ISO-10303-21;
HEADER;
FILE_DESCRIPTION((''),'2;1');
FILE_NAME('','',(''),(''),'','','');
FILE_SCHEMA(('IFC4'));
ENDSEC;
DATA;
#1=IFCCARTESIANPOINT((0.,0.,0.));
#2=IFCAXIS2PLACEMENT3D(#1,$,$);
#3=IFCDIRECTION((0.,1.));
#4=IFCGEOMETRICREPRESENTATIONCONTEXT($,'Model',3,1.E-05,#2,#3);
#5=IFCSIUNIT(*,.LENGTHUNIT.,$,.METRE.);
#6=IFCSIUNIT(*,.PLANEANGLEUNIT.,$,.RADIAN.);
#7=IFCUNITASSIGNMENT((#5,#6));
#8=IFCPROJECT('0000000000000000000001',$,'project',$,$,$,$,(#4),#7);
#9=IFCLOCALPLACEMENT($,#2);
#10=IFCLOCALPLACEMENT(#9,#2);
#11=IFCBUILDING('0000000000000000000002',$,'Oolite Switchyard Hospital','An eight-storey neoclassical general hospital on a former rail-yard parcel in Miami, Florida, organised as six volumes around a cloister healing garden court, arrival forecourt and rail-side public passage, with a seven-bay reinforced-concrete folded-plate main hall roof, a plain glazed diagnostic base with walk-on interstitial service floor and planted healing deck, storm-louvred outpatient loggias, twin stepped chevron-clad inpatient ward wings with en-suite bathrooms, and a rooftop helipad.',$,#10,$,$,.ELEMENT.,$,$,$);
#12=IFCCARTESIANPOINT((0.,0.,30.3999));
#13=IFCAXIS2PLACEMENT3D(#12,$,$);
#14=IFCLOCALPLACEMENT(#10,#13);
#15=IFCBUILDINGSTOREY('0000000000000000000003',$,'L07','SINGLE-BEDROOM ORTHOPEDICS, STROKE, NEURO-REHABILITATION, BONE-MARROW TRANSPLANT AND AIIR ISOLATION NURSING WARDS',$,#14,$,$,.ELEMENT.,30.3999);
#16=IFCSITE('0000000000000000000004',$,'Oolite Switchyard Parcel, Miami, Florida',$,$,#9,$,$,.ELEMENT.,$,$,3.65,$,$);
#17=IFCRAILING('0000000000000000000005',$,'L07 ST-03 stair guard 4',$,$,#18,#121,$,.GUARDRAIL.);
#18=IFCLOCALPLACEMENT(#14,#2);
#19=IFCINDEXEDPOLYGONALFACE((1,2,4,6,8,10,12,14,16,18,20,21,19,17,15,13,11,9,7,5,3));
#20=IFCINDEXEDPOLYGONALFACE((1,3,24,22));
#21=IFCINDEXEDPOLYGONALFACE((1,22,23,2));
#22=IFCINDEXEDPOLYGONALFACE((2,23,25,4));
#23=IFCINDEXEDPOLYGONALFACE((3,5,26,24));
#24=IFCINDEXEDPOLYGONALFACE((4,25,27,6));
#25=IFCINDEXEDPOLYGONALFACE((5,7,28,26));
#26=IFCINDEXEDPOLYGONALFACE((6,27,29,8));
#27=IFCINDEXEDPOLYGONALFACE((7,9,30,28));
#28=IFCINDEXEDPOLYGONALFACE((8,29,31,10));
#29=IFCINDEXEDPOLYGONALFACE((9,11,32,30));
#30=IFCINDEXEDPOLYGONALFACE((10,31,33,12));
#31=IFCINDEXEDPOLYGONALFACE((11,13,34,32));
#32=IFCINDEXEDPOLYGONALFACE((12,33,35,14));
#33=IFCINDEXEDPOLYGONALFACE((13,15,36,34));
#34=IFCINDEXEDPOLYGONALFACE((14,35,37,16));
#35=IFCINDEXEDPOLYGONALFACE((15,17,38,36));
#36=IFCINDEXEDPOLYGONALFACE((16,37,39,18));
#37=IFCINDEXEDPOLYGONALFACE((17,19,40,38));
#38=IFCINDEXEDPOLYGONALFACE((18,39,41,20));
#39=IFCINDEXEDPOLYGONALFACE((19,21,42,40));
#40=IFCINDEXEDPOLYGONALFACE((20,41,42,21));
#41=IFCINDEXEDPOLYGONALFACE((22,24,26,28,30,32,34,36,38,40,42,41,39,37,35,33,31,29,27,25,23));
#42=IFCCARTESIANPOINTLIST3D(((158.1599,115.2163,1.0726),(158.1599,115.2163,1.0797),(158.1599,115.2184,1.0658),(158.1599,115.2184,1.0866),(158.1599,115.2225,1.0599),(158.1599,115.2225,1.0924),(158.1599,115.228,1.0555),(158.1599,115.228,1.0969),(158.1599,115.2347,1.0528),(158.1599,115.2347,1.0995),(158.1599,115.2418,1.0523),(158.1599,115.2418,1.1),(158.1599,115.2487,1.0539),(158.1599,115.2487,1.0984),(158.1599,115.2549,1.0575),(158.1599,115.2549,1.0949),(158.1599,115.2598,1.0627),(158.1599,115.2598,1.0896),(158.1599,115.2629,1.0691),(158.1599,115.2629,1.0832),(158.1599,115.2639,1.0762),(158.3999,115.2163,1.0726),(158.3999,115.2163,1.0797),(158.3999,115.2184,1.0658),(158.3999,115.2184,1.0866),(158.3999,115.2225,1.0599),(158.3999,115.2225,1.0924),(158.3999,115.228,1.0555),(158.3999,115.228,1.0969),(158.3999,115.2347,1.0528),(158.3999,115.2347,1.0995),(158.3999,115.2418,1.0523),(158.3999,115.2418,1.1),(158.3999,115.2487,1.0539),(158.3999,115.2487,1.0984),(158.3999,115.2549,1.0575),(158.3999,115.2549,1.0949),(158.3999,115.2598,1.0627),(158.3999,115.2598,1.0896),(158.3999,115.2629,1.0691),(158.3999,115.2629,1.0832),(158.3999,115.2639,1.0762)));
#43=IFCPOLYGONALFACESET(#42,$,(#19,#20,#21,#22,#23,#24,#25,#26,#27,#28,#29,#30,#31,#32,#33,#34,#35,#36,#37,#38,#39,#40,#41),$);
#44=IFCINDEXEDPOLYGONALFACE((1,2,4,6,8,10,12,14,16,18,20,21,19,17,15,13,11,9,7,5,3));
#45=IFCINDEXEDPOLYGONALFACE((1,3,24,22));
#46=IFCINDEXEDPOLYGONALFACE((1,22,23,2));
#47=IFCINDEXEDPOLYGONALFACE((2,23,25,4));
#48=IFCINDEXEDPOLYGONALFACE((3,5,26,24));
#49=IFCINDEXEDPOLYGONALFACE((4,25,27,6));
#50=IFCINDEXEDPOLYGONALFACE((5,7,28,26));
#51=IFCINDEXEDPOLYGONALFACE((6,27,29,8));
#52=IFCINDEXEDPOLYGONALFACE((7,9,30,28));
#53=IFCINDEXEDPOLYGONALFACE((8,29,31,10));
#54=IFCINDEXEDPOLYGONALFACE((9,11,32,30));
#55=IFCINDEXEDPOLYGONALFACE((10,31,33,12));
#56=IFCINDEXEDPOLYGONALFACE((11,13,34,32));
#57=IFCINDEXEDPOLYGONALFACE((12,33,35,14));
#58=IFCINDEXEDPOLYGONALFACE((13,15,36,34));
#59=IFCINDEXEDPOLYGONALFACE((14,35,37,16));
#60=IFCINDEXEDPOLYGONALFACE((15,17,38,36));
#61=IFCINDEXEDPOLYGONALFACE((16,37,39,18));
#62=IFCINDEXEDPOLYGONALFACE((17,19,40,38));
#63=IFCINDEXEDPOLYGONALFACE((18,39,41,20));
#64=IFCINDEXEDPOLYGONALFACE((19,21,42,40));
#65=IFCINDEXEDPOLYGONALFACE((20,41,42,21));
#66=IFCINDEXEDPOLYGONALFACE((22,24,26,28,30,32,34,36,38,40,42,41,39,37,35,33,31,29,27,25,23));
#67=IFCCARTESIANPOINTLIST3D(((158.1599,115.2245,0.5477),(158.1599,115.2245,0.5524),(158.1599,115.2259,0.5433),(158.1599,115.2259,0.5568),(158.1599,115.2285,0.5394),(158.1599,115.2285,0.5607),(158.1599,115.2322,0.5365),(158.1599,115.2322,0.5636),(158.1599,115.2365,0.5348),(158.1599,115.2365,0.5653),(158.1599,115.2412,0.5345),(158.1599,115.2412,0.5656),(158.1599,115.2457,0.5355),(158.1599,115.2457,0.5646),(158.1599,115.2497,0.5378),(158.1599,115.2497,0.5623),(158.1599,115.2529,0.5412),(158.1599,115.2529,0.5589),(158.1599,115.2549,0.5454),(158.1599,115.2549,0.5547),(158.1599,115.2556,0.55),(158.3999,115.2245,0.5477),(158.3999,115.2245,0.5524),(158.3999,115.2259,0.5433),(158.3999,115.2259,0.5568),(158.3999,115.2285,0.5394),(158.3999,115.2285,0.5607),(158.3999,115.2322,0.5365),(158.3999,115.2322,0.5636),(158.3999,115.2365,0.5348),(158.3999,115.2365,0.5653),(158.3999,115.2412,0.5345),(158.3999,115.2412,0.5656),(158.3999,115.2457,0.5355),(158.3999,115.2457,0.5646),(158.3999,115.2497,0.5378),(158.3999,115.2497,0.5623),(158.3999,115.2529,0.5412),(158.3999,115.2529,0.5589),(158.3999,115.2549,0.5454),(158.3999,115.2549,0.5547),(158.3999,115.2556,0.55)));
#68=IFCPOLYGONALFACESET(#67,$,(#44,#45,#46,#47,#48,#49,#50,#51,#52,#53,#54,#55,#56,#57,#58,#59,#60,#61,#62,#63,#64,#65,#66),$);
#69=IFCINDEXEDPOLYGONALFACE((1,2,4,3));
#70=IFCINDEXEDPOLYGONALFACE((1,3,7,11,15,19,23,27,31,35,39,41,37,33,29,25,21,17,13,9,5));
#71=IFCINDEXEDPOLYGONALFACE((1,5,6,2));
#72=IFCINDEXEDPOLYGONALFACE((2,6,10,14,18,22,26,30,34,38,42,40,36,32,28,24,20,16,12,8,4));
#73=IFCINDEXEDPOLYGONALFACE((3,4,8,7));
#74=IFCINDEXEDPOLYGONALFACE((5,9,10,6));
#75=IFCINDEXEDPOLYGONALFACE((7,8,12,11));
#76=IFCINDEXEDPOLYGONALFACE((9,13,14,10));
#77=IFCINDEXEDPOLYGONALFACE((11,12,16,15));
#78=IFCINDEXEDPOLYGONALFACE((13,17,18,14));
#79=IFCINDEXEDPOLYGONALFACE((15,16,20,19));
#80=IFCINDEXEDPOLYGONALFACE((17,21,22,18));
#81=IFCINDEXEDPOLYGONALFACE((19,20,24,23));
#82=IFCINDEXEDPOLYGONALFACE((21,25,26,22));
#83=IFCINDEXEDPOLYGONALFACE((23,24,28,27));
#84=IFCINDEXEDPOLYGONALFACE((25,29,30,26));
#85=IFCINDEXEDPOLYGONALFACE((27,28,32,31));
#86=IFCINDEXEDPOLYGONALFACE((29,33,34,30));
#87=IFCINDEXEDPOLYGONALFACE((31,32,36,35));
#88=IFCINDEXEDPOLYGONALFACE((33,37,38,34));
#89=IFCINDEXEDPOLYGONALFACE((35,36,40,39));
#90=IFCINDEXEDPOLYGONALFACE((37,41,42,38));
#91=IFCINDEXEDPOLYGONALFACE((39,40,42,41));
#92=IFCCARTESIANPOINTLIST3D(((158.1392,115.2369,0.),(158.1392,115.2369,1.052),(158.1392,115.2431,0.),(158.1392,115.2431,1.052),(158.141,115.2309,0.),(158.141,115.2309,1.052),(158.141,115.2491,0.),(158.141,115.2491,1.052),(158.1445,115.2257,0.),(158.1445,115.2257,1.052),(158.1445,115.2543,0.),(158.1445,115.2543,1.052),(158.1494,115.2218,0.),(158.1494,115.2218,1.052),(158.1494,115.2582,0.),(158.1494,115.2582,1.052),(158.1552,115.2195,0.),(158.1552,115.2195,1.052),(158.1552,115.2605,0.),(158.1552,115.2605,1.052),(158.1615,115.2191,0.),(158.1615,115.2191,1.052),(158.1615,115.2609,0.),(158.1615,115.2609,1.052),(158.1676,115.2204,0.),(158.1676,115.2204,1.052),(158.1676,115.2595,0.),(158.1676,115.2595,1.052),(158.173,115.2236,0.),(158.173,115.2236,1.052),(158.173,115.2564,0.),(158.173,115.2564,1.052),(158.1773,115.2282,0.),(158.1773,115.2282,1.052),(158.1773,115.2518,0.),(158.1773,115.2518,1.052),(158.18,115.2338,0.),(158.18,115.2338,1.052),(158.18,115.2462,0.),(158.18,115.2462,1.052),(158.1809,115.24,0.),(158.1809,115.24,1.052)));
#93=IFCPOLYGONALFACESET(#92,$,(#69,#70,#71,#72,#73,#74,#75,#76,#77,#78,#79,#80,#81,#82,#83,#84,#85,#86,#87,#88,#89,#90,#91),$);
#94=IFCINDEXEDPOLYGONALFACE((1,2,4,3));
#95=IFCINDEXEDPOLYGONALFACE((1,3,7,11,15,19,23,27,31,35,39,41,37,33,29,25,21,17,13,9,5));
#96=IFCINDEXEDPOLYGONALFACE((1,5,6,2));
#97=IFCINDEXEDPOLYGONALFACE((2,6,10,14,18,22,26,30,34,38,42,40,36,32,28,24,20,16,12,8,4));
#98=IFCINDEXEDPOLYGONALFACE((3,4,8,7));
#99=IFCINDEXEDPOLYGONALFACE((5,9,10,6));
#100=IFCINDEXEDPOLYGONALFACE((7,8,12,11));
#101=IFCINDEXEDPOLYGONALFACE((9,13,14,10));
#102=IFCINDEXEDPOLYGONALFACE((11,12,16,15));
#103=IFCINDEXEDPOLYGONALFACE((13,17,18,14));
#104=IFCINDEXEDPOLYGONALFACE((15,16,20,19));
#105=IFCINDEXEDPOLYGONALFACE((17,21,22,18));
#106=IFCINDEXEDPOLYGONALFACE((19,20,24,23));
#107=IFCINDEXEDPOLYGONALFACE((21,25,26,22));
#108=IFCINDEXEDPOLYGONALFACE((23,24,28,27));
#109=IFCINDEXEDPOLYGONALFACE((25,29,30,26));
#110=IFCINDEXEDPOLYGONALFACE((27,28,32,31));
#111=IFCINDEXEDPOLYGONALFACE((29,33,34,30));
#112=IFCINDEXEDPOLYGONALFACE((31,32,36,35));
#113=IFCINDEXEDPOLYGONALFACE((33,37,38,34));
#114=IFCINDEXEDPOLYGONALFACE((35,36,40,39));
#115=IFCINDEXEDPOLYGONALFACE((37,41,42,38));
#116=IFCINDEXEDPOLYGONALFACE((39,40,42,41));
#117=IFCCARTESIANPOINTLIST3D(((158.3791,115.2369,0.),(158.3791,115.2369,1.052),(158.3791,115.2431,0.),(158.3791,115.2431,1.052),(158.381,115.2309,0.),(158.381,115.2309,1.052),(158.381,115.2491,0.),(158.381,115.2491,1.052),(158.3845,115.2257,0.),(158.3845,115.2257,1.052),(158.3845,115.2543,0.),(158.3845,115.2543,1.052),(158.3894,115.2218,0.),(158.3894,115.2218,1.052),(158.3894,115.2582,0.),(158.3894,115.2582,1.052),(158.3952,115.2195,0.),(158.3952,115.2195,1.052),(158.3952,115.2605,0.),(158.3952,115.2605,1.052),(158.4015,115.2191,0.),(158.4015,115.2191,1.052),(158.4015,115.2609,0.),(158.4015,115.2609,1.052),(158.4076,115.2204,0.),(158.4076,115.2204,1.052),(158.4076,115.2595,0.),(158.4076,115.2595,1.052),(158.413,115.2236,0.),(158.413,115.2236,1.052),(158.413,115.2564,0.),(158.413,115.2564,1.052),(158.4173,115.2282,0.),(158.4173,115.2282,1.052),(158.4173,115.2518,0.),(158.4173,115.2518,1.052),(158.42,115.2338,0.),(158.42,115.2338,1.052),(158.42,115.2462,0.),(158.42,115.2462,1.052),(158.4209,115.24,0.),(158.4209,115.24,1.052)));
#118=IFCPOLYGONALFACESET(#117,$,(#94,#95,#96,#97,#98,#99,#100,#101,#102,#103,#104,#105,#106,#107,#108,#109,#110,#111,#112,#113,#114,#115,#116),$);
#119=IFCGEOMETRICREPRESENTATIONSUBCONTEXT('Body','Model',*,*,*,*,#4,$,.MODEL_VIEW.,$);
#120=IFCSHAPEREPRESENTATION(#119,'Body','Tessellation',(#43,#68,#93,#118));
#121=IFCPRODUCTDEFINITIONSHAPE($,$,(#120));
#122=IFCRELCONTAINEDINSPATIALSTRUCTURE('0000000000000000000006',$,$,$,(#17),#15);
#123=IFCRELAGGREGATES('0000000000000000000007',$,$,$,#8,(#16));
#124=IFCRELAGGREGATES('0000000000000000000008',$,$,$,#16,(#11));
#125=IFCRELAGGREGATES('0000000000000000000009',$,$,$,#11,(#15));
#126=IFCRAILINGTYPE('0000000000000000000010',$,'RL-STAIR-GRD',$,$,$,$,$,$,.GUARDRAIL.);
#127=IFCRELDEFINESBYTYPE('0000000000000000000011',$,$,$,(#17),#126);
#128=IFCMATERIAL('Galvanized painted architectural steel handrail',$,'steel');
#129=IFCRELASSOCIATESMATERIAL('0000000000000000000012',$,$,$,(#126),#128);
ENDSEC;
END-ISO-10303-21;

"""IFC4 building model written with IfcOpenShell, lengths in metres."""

from ifc_helpers import new_model, si_unit, direction, frame, origin, origin_2d, place, context, subcontext, project, spatial, circle, extrude, material, type_object, element, save


model = new_model("IFC4")

# Units and contexts
model_context = context("Model", 3, precision=1e-05, world=origin(), true_north=direction((0.0, 1.0)))
body_context = subcontext(model_context, "Body", "Model", "MODEL_VIEW")
ifc_project = project(units=[si_unit("LENGTHUNIT", "METRE"), si_unit("PLANEANGLEUNIT", "RADIAN")], contexts=[model_context])

# Site, building, storey
site_placement = place(None, origin())
site = spatial("IfcSite", under=ifc_project, at=site_placement, Name="Oolite Switchyard Parcel, Miami, Florida", CompositionType="ELEMENT", RefElevation=3.65)
building_placement = place(site_placement, origin())
building = spatial("IfcBuilding", under=site, at=building_placement, Name="Oolite Switchyard Hospital", Description="An eight-storey neoclassical general hospital on a former rail-yard parcel in Miami, Florida, organised as six volumes around a cloister healing garden court, arrival forecourt and rail-side public passage, with a seven-bay reinforced-concrete folded-plate main hall roof, a plain glazed diagnostic base with walk-on interstitial service floor and planted healing deck, storm-louvred outpatient loggias, twin stepped chevron-clad inpatient ward wings with en-suite bathrooms, and a rooftop helipad.", CompositionType="ELEMENT")
storey_placement = place(building_placement, frame((0.0, 0.0, 30.3999)))
storey = spatial("IfcBuildingStorey", under=building, at=storey_placement, Name="L07", Description="SINGLE-BEDROOM ORTHOPEDICS, STROKE, NEURO-REHABILITATION, BONE-MARROW TRANSPLANT AND AIIR ISOLATION NURSING WARDS", CompositionType="ELEMENT", Elevation=30.3999)

# Railing
ifc_material_1 = material(Name="Galvanized painted architectural steel handrail", Category="steel")
railing_type_1 = type_object("IfcRailingType", Name="RL-STAIR-GRD", PredefinedType="GUARDRAIL", material=ifc_material_1)
railing_1_placement = place(storey_placement, frame((158.1599, 115.24, 0.0)))
element("IfcRailing", 1, at=railing_1_placement, inside=storey, type_object=railing_type_1, Name="L07 ST-03 stair guard 4", PredefinedType="GUARDRAIL", context=body_context, shape_type="SweptSolid", body=[
    extrude(circle(Radius=0.0239, at=origin_2d()), frame((0.0, 0.0, 1.0762), z_axis=(1.0, 0.0, 0.0), x_axis=(0.0, 1.0, 0.0)), (0.0, 0.0, 1.0), 0.24),
    extrude(circle(Radius=0.0156, at=origin_2d()), frame((0.0, 0.0, 0.55), z_axis=(1.0, 0.0, 0.0), x_axis=(0.0, 1.0, 0.0)), (0.0, 0.0, 1.0), 0.24),
    extrude(circle(Radius=0.021, at=origin_2d()), origin(), (0.0, 0.0, 1.0), 1.052),
    extrude(circle(Radius=0.021, at=origin_2d()), frame((0.24, 0.0, 0.0)), (0.0, 0.0, 1.0), 1.052),
])

save(model, "model.ifc")
